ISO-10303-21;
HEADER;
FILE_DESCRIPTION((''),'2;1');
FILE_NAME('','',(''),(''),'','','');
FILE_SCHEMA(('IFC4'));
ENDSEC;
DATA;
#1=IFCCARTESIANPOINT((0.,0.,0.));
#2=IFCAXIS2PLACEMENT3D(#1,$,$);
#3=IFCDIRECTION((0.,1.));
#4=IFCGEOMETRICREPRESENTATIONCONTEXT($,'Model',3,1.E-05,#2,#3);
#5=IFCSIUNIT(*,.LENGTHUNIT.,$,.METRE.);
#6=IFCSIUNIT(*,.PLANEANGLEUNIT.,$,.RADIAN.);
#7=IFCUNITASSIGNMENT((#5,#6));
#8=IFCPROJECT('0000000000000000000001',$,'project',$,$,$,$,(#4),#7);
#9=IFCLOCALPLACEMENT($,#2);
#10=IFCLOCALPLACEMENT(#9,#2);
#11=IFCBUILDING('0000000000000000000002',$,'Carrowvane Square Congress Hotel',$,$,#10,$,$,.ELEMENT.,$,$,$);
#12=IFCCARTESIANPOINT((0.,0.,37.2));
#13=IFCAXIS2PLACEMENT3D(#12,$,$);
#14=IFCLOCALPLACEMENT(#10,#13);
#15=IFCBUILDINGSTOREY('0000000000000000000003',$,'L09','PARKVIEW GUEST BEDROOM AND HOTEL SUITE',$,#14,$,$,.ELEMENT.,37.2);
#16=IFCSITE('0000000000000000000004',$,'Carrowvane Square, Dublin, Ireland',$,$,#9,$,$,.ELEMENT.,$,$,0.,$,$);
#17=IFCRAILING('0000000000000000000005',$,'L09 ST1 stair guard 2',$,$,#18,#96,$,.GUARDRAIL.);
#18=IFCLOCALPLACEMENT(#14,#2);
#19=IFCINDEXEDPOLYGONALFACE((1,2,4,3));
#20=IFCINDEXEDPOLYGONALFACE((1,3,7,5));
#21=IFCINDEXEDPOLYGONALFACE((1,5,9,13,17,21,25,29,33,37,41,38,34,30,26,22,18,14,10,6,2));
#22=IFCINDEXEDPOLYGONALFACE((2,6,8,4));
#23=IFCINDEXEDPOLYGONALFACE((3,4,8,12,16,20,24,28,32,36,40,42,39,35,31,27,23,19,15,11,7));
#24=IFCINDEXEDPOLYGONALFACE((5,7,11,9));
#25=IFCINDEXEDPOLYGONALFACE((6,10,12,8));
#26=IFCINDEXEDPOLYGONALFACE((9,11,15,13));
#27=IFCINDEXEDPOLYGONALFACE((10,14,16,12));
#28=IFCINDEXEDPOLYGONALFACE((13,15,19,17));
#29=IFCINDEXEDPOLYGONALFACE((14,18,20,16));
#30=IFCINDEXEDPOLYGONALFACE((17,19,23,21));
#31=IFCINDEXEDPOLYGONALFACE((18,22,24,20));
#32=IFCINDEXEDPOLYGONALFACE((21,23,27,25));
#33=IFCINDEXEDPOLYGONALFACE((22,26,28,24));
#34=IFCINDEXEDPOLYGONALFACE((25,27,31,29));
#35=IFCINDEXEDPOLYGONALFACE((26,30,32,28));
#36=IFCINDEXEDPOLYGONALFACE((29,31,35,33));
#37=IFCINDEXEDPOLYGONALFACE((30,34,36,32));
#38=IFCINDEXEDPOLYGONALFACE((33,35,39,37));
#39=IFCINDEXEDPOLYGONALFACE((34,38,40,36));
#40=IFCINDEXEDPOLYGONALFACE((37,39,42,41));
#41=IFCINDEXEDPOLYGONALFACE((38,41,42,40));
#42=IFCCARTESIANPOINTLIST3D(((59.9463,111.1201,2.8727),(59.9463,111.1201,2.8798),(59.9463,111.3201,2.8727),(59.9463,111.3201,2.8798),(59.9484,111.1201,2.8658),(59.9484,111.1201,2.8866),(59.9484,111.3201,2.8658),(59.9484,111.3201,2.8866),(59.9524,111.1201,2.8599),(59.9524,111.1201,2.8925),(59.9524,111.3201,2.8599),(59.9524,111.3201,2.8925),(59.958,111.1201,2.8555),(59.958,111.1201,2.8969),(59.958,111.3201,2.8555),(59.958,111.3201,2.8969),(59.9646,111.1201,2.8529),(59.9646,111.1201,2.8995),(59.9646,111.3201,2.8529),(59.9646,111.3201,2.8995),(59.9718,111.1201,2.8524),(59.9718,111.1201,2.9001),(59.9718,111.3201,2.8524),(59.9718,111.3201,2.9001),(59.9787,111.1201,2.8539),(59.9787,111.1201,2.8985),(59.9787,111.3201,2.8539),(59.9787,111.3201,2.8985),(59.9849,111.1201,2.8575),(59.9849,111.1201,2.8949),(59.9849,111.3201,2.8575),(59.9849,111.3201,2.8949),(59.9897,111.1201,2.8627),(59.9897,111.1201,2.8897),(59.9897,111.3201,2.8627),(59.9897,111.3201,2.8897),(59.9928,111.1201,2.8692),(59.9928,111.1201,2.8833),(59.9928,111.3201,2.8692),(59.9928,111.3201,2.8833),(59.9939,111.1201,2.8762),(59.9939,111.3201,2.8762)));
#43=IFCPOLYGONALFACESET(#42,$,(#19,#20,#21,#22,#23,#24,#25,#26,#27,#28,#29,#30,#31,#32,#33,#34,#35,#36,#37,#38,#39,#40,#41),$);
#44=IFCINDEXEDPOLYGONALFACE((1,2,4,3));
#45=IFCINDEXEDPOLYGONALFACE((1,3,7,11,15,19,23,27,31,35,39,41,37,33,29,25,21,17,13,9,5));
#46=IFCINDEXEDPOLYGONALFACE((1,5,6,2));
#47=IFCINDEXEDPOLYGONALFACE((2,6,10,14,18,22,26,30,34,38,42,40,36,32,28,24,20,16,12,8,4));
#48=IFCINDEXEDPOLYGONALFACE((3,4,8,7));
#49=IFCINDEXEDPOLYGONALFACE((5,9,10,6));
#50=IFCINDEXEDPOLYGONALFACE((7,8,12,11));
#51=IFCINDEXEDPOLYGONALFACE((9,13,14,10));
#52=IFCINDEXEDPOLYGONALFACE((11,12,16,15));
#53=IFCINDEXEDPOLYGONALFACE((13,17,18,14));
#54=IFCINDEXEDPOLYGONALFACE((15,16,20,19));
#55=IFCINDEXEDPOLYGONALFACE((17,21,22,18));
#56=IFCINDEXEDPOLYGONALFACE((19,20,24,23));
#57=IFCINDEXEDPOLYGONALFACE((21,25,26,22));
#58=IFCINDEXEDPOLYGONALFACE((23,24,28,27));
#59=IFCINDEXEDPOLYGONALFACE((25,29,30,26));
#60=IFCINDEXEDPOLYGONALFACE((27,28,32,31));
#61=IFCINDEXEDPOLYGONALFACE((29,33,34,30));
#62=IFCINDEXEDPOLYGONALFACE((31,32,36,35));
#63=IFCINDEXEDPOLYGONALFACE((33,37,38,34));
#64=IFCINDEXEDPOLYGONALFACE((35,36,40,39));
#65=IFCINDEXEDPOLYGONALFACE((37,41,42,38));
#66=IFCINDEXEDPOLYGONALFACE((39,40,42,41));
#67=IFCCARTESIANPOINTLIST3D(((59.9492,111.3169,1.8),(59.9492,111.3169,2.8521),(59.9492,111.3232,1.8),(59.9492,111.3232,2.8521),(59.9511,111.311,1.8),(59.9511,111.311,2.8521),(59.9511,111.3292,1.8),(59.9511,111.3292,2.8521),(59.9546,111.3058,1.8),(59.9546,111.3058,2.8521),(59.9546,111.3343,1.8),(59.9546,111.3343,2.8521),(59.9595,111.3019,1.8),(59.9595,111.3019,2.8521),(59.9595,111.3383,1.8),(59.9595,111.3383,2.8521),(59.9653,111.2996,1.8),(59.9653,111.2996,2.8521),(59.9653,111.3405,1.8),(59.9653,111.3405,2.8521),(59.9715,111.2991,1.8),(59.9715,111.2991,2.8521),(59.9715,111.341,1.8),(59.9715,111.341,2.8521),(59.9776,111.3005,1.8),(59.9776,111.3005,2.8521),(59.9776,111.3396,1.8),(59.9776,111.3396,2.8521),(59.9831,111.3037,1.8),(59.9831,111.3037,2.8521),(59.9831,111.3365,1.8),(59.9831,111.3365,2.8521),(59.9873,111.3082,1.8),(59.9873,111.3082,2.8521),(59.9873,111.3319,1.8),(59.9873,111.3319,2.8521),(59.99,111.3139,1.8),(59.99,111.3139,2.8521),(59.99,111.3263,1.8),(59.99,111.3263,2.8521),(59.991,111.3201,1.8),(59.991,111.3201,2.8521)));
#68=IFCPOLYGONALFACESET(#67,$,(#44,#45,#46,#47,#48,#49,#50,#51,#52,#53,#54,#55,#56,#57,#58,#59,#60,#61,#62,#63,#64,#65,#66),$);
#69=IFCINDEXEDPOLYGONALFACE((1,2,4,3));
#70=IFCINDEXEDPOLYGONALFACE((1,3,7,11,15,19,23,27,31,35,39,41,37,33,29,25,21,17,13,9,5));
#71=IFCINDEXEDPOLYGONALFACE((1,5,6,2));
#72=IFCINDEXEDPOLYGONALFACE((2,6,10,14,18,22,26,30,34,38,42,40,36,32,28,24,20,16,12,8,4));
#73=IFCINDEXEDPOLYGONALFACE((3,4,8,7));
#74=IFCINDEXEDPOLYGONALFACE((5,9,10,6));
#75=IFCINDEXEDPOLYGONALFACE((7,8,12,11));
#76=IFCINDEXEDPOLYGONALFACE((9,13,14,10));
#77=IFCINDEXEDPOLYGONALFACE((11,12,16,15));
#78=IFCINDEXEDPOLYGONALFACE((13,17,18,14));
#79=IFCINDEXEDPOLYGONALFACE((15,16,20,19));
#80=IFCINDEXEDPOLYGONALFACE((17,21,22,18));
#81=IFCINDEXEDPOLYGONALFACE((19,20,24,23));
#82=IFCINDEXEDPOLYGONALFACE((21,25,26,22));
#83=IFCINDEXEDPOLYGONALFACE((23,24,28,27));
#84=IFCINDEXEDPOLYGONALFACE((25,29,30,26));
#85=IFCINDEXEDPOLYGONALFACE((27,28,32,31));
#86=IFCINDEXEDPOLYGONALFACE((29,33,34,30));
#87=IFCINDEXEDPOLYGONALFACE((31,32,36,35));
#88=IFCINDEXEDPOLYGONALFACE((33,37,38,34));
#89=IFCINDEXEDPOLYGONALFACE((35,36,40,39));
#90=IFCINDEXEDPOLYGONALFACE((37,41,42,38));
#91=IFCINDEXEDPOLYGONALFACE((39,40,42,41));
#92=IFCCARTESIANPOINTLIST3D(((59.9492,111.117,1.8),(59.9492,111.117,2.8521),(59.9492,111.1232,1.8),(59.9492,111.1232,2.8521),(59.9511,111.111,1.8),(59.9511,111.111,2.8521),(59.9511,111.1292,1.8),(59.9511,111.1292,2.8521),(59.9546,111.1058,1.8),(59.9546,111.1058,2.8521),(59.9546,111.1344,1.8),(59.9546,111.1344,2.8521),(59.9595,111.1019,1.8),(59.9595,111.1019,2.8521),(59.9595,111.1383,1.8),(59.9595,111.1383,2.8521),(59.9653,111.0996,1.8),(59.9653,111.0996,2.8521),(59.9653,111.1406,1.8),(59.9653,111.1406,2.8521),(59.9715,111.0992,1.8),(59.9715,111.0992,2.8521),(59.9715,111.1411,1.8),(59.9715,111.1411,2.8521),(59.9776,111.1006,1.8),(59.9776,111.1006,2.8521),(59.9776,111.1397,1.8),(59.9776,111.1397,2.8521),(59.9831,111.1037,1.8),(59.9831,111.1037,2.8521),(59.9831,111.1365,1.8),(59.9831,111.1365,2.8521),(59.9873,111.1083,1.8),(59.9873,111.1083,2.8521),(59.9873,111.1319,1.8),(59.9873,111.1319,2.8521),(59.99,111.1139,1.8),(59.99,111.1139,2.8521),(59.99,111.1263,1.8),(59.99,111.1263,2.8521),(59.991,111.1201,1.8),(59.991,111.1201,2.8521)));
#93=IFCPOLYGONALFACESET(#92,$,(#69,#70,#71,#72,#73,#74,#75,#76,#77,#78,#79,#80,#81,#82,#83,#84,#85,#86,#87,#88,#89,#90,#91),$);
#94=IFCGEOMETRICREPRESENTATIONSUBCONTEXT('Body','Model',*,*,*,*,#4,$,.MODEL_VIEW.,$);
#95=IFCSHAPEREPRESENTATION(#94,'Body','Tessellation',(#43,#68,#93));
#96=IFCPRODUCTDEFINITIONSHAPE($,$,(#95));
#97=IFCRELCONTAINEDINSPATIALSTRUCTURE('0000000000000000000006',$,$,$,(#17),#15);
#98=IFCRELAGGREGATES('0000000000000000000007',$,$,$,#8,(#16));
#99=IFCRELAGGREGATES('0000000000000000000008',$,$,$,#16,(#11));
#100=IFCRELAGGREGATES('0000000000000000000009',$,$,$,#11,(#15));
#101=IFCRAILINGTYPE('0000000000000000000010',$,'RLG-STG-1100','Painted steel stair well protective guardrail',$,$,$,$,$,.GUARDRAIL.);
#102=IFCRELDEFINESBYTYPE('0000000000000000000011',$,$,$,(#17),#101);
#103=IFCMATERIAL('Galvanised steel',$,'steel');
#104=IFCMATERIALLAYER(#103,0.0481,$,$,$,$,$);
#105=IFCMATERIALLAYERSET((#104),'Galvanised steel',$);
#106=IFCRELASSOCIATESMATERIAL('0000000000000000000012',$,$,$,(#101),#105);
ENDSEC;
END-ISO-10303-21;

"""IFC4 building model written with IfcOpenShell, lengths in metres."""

from ifc_helpers import new_model, si_unit, direction, frame, origin, origin_2d, place, context, subcontext, project, spatial, circle, extrude, material, layer, layer_set, type_object, element, save


model = new_model("IFC4")

# Units and contexts
model_context = context("Model", 3, precision=1e-05, world=origin(), true_north=direction((0.0, 1.0)))
body_context = subcontext(model_context, "Body", "Model", "MODEL_VIEW")
ifc_project = project(units=[si_unit("LENGTHUNIT", "METRE"), si_unit("PLANEANGLEUNIT", "RADIAN")], contexts=[model_context])

# Site, building, storey
site_placement = place(None, origin())
site = spatial("IfcSite", under=ifc_project, at=site_placement, Name="Carrowvane Square, Dublin, Ireland", CompositionType="ELEMENT", RefElevation=0.0)
building_placement = place(site_placement, origin())
building = spatial("IfcBuilding", under=site, at=building_placement, Name="Carrowvane Square Congress Hotel", CompositionType="ELEMENT")
storey_placement = place(building_placement, frame((0.0, 0.0, 37.2)))
storey = spatial("IfcBuildingStorey", under=building, at=storey_placement, Name="L09", Description="PARKVIEW GUEST BEDROOM AND HOTEL SUITE", CompositionType="ELEMENT", Elevation=37.2)

# Railing
ifc_material_1 = material(Name="Galvanised steel", Category="steel")
ifc_layer_1 = layer(ifc_material_1, 0.0481)
ifc_layer_set_1 = layer_set([ifc_layer_1], Name="Galvanised steel")
railing_type_1 = type_object("IfcRailingType", Name="RLG-STG-1100", Description="Painted steel stair well protective guardrail", PredefinedType="GUARDRAIL", material=ifc_layer_set_1)
railing_1_placement = place(storey_placement, frame((59.97, 111.3201, 1.8)))
element("IfcRailing", 1, at=railing_1_placement, inside=storey, type_object=railing_type_1, Name="L09 ST1 stair guard 2", PredefinedType="GUARDRAIL", context=body_context, shape_type="SweptSolid", body=[
    extrude(circle(Radius=0.0239, at=origin_2d()), frame((0.0, 0.0, 1.0762), z_axis=(0.0, -1.0, 0.0), x_axis=(1.0, 0.0, 0.0)), (0.0, 0.0, 1.0), 0.2),
    extrude(circle(Radius=0.021, at=origin_2d()), origin(), (0.0, 0.0, 1.0), 1.052),
    extrude(circle(Radius=0.021, at=origin_2d()), frame((0.0, -0.2, 0.0)), (0.0, 0.0, 1.0), 1.052),
])

save(model, "model.ifc")
